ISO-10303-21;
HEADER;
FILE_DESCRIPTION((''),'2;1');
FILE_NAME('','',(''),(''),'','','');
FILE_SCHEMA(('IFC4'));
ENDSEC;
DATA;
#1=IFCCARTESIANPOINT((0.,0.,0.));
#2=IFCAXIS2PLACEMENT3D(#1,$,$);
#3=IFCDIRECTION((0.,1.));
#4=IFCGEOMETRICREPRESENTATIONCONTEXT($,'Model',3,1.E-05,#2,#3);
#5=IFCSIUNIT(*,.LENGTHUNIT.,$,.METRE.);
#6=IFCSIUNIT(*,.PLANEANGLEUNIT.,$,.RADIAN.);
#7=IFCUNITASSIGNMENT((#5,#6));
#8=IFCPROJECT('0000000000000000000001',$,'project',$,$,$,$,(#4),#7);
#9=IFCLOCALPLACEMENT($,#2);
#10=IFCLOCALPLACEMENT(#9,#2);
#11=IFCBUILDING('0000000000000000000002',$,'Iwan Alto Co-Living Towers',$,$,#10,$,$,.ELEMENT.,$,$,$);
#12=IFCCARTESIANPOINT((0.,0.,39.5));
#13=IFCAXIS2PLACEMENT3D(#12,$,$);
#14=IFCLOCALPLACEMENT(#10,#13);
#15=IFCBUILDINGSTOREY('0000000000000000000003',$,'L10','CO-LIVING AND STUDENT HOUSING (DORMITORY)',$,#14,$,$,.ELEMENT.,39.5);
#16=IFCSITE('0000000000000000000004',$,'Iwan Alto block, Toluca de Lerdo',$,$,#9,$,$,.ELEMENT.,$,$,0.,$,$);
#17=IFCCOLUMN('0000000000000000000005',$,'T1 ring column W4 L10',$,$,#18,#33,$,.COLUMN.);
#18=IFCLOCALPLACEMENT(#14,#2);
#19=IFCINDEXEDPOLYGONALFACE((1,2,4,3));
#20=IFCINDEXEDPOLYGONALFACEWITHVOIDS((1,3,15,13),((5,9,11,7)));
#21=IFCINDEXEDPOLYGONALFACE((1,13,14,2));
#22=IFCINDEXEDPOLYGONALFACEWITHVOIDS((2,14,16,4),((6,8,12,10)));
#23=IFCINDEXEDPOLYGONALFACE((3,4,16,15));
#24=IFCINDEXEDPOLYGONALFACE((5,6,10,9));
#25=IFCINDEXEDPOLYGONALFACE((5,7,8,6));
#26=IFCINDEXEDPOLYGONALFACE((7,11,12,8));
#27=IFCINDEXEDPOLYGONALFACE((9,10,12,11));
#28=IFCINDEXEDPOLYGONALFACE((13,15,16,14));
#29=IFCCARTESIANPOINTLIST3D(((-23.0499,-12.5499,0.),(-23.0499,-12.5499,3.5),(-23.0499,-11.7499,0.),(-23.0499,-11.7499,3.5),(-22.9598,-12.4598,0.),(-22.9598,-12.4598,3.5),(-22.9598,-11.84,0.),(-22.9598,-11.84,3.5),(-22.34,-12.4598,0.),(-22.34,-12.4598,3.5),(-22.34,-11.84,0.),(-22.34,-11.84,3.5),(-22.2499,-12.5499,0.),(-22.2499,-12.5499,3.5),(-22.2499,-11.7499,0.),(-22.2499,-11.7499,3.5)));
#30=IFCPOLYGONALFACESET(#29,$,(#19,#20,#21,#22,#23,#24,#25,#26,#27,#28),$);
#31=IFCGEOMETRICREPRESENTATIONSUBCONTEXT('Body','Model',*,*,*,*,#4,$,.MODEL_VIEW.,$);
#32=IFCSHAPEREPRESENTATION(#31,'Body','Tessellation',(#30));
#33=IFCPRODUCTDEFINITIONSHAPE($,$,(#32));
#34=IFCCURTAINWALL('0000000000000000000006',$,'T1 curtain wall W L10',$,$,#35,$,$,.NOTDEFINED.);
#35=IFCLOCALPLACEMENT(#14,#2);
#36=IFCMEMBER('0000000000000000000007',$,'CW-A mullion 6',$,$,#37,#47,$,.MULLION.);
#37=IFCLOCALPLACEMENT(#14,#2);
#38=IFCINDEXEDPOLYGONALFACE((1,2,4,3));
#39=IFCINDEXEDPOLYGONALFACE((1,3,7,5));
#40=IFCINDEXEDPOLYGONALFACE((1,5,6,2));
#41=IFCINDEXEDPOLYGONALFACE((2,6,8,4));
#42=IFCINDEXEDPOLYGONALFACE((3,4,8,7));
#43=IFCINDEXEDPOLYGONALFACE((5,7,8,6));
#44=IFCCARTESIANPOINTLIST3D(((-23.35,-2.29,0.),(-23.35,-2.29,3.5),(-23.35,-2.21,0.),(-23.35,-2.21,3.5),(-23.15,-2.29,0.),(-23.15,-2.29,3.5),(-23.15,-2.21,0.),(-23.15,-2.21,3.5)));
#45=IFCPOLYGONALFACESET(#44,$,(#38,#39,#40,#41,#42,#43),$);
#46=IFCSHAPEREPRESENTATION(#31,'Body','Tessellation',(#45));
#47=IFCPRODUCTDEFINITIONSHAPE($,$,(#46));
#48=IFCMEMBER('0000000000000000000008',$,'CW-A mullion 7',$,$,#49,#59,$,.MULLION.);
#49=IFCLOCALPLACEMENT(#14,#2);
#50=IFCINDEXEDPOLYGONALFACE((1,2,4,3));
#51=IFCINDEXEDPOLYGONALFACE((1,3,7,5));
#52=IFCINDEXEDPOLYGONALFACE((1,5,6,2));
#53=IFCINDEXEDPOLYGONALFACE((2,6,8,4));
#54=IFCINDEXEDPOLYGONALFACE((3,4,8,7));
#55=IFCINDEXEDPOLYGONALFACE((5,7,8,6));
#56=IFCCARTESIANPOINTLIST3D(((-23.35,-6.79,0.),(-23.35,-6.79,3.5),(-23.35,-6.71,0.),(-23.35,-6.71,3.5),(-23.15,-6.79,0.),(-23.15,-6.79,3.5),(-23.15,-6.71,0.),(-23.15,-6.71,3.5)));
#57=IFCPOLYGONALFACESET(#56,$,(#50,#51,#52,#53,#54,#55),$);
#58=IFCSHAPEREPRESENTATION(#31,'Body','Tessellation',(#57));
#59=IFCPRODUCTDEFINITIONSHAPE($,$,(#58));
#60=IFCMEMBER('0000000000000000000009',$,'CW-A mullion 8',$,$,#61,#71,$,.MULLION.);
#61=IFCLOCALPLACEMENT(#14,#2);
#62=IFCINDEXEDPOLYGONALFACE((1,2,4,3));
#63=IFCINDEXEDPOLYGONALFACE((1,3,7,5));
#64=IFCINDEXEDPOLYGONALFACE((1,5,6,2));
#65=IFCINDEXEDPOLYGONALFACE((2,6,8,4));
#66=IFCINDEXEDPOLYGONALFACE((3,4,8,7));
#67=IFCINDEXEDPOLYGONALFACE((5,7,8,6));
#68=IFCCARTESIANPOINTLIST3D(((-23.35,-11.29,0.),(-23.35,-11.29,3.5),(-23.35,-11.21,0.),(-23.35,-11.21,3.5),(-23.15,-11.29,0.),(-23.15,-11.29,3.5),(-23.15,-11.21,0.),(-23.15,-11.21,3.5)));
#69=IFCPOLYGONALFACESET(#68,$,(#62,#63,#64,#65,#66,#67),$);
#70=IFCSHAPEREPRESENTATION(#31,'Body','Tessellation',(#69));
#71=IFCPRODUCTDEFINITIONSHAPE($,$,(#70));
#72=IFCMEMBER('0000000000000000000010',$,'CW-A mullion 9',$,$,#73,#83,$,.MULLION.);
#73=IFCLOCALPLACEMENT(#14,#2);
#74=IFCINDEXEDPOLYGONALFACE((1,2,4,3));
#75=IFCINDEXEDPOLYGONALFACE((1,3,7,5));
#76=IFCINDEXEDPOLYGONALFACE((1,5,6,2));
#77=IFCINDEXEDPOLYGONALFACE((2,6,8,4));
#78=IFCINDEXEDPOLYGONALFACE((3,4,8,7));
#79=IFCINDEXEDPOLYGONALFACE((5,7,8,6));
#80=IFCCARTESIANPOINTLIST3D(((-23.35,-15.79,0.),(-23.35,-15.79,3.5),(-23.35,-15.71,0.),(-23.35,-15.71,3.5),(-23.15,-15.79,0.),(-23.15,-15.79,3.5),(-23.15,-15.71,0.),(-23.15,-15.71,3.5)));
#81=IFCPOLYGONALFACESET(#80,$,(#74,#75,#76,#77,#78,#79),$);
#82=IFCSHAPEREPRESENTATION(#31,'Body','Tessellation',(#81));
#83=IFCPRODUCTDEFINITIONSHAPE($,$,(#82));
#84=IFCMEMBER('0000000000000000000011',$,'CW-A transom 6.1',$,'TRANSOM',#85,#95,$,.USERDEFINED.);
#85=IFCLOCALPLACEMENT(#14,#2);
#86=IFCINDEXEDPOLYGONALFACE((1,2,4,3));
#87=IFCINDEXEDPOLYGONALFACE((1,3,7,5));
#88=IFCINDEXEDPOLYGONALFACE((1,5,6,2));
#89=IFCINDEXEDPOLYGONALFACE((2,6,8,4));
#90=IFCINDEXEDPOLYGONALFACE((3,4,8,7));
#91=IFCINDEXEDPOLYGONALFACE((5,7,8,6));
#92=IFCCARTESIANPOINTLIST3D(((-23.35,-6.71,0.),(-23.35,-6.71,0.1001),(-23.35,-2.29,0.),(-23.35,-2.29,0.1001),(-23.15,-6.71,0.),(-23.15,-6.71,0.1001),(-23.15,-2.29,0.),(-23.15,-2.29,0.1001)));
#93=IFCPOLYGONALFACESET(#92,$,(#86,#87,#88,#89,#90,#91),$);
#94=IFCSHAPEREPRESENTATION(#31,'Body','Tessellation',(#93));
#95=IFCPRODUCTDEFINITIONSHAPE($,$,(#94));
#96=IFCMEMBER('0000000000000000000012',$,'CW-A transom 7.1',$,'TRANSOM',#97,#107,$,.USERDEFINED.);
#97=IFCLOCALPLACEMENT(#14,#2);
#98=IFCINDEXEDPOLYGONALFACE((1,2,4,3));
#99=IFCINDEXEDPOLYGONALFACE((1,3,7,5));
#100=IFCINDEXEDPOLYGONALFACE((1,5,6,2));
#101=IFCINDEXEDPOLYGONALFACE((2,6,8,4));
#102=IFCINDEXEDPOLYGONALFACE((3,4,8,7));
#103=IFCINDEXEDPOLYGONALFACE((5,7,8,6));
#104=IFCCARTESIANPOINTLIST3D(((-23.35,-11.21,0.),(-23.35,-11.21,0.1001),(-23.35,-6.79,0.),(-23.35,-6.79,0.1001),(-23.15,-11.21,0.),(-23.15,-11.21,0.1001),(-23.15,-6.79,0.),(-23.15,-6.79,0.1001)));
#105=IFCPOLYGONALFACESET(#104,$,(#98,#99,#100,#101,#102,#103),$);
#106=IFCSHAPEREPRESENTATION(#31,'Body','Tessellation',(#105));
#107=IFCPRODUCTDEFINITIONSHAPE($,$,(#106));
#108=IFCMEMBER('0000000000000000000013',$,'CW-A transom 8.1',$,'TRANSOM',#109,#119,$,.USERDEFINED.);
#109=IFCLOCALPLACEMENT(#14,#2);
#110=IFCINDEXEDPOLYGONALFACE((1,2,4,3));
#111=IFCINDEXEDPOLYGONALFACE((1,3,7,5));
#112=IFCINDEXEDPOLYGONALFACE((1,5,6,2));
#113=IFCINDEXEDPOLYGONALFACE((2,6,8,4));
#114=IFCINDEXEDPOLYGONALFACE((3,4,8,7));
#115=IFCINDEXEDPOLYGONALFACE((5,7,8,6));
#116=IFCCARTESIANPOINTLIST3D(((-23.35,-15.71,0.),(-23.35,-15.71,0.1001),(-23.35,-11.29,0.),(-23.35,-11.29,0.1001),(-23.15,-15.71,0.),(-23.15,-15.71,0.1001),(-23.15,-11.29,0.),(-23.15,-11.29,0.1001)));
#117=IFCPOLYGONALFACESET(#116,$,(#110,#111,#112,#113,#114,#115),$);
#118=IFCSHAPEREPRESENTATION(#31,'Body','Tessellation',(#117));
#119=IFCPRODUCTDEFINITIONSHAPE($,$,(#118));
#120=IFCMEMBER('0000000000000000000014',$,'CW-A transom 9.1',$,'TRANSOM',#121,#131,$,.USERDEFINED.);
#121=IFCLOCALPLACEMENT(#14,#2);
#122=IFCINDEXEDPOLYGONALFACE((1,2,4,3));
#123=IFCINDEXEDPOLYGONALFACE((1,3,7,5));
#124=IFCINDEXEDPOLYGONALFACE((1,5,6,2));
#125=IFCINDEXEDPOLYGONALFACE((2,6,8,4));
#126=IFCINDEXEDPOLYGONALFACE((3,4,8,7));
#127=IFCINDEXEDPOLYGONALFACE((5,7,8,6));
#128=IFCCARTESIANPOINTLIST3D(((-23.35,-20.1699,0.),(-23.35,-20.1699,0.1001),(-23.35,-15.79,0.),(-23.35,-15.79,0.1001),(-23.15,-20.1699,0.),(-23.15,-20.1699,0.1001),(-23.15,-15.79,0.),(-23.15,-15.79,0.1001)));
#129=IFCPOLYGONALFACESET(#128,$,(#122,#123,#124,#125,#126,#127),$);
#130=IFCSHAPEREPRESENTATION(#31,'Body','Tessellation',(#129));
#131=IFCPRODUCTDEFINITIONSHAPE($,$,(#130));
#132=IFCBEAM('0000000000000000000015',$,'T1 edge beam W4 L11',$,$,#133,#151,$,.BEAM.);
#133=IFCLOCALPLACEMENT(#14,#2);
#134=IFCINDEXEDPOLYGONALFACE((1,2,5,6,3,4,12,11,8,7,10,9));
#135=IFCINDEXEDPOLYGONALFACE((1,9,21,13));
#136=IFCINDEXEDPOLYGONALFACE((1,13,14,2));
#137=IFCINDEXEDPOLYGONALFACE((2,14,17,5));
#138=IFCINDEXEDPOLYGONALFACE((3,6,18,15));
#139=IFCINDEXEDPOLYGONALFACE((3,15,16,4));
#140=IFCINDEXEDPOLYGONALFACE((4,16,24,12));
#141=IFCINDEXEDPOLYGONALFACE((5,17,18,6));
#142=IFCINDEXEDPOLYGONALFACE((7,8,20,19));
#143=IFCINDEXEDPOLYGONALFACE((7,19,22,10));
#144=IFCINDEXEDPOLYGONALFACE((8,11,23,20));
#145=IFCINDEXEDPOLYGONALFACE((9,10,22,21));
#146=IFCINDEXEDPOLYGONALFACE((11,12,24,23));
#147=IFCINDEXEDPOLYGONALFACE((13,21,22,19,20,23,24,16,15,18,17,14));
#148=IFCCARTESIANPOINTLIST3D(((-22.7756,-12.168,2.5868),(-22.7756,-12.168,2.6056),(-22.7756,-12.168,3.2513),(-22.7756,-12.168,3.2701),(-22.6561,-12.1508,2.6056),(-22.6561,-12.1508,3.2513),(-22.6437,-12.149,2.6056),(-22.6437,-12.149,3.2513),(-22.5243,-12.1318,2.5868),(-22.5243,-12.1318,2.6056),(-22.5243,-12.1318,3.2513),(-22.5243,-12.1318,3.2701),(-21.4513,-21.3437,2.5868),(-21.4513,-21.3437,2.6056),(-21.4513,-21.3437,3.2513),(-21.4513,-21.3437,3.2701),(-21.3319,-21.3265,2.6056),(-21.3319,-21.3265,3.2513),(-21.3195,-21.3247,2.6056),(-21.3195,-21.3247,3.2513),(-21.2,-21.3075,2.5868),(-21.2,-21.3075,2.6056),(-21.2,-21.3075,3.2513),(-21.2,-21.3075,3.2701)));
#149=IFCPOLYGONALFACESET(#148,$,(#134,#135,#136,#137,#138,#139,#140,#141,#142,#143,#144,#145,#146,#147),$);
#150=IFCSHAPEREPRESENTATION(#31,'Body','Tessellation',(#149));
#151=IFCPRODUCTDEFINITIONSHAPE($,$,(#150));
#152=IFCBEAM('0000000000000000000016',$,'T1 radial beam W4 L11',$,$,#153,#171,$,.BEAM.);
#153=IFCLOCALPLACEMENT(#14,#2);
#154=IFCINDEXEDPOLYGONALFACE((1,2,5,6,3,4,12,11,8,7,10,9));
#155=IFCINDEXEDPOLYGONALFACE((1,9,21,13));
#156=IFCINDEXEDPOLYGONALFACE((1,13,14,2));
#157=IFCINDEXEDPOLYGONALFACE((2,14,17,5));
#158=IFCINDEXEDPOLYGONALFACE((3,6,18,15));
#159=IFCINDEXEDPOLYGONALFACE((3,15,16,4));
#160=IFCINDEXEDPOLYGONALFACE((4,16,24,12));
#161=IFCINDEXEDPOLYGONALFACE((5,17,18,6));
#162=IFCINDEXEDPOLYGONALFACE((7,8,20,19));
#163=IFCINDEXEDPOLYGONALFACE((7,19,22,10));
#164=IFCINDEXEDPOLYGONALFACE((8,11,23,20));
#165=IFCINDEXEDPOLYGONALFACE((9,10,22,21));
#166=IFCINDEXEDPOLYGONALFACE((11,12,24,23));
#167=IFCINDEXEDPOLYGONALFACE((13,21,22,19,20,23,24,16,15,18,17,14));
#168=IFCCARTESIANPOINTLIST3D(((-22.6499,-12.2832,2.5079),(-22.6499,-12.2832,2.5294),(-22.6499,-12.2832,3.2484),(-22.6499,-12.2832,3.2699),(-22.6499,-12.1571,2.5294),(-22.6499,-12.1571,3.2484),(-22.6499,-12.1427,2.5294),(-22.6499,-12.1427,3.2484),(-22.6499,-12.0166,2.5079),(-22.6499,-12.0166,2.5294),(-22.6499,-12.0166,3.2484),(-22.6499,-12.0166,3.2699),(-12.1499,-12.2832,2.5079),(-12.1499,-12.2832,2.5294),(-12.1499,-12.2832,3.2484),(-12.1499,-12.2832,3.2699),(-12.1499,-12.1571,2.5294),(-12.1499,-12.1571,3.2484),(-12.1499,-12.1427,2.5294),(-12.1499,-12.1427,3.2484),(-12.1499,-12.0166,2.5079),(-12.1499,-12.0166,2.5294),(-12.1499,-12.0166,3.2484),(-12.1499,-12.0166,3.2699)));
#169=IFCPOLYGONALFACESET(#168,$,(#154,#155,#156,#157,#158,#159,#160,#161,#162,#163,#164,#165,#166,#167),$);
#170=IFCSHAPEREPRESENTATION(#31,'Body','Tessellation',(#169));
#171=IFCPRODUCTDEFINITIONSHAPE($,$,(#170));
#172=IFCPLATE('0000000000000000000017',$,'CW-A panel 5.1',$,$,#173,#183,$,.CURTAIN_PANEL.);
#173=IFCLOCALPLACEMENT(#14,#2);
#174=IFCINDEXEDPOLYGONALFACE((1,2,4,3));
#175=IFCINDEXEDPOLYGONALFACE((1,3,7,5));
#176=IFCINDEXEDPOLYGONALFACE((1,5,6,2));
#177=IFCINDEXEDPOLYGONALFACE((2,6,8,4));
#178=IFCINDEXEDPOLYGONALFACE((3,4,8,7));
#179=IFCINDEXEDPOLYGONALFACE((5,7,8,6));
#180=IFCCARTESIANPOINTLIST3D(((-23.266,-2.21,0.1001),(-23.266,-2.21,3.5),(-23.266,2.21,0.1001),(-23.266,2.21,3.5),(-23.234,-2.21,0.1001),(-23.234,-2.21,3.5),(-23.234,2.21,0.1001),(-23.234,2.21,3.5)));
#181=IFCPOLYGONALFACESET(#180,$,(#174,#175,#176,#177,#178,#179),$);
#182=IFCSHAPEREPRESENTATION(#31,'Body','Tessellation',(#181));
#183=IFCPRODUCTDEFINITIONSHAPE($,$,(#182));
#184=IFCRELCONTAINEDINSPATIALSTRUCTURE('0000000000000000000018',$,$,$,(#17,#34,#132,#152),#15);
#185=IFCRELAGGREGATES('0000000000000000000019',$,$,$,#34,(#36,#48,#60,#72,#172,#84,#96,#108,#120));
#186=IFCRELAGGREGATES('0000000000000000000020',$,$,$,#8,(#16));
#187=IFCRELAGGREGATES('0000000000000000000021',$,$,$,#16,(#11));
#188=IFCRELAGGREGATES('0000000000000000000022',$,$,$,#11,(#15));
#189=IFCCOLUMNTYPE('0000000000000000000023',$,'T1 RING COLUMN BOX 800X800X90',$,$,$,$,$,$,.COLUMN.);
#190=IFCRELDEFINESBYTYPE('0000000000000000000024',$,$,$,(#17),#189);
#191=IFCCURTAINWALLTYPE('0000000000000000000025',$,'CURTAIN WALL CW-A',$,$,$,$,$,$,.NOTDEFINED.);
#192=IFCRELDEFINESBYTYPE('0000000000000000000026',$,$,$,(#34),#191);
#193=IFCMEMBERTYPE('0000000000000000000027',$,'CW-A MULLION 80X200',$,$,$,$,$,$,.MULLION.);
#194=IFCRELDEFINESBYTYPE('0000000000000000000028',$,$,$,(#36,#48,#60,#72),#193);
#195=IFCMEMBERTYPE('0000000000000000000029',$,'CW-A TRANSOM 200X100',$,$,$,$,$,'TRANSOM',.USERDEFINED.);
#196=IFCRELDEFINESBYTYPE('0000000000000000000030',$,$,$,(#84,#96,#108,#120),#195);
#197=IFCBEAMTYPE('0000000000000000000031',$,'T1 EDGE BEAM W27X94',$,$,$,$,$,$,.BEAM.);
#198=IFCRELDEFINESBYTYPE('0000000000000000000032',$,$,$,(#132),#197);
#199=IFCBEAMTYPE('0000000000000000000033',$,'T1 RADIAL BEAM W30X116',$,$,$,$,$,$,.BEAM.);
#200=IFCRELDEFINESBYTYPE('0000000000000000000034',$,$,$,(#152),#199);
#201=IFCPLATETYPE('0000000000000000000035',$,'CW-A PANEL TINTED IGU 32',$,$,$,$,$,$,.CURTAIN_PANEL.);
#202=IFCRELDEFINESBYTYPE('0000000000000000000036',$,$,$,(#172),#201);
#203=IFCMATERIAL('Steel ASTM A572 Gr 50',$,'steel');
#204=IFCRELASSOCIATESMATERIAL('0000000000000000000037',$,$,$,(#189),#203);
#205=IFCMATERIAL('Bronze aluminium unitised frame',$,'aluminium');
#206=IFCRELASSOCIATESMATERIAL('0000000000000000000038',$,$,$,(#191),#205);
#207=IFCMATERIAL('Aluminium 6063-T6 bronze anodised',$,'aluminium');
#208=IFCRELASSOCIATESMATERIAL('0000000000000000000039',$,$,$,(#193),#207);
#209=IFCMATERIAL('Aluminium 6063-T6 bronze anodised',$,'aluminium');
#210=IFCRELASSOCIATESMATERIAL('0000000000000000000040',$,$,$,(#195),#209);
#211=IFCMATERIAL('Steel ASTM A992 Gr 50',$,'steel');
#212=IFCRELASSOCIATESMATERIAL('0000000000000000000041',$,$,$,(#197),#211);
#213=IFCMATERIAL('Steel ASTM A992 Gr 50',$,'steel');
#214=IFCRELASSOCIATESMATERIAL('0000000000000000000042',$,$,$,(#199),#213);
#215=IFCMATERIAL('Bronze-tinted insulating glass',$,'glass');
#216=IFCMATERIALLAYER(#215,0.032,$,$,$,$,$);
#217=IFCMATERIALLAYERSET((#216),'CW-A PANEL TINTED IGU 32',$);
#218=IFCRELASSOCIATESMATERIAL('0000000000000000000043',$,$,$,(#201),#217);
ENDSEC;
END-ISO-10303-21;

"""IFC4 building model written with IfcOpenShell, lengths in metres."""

from ifc_helpers import new_model, si_unit, direction, frame, origin, origin_2d, place, context, subcontext, project, spatial, rectangle, hollow_rectangle, i_section, extrude, material, layer, layer_set, material_profile, profile_set, type_object, element, aggregate, save


model = new_model("IFC4")

# Units and contexts
model_context = context("Model", 3, precision=1e-05, world=origin(), true_north=direction((0.0, 1.0)))
body_context = subcontext(model_context, "Body", "Model", "MODEL_VIEW")
ifc_project = project(units=[si_unit("LENGTHUNIT", "METRE"), si_unit("PLANEANGLEUNIT", "RADIAN")], contexts=[model_context])

# Site, building, storey
site_placement = place(None, origin())
site = spatial("IfcSite", under=ifc_project, at=site_placement, Name="Iwan Alto block, Toluca de Lerdo", CompositionType="ELEMENT", RefElevation=0.0)
building_placement = place(site_placement, origin())
building = spatial("IfcBuilding", under=site, at=building_placement, Name="Iwan Alto Co-Living Towers", CompositionType="ELEMENT")
storey_placement = place(building_placement, frame((0.0, 0.0, 39.5)))
storey = spatial("IfcBuildingStorey", under=building, at=storey_placement, Name="L10", Description="CO-LIVING AND STUDENT HOUSING (DORMITORY)", CompositionType="ELEMENT", Elevation=39.5)

# Column
ifc_material_1 = material(Name="Steel ASTM A572 Gr 50", Category="steel")
ifc_material_profile_1 = material_profile(ifc_material_1, hollow_rectangle(XDim=0.8, YDim=0.8, WallThickness=0.0901, at=origin_2d()), Name="BOX 800X800X90")
ifc_profile_set_1 = profile_set([ifc_material_profile_1], Name="Steel ASTM A572 Gr 50")
column_type = type_object("IfcColumnType", Name="T1 RING COLUMN BOX 800X800X90", PredefinedType="COLUMN", material=ifc_profile_set_1)
column_placement = place(storey_placement, frame((-22.6499, -12.1499, 0.0), z_axis=(0.0, 0.0, 1.0), x_axis=(1.0, 0.0, 0.0)))
element("IfcColumn", 1, at=column_placement, inside=storey, type_object=column_type, Name="T1 ring column W4 L10", PredefinedType="COLUMN", context=body_context, shape_type="SweptSolid", body=[
    extrude(hollow_rectangle(XDim=0.8, YDim=0.8, WallThickness=0.0901, at=origin_2d()), origin(), (0.0, 0.0, 1.0), 3.5),
])

# Curtain wall, members
ifc_material_2 = material(Name="Bronze aluminium unitised frame", Category="aluminium")
curtain_wall_type = type_object("IfcCurtainWallType", Name="CURTAIN WALL CW-A", PredefinedType="NOTDEFINED", material=ifc_material_2)
curtain_wall_placement = place(storey_placement, origin())
curtain_wall = element("IfcCurtainWall", 2, at=curtain_wall_placement, inside=storey, type_object=curtain_wall_type, Name="T1 curtain wall W L10", PredefinedType="NOTDEFINED")
ifc_material_3 = material(Name="Aluminium 6063-T6 bronze anodised", Category="aluminium")
ifc_material_profile_2 = material_profile(ifc_material_3, rectangle(XDim=0.2, YDim=0.0801, at=origin_2d()), Name="AL 80X200")
ifc_profile_set_2 = profile_set([ifc_material_profile_2], Name="Aluminium 6063-T6 bronze anodised")
member_type_1 = type_object("IfcMemberType", Name="CW-A MULLION 80X200", PredefinedType="MULLION", material=ifc_profile_set_2)
member_1_placement = place(storey_placement, frame((-23.25, -2.25, 0.0), z_axis=(0.0, 0.0, 1.0), x_axis=(1.0, 0.0, 0.0)))
member_1 = element("IfcMember", 3, at=member_1_placement, type_object=member_type_1, Name="CW-A mullion 6", PredefinedType="MULLION", context=body_context, shape_type="SweptSolid", body=[
    extrude(rectangle(XDim=0.2, YDim=0.0801, at=origin_2d()), origin(), (0.0, 0.0, 1.0), 3.5),
])
member_2_placement = place(storey_placement, frame((-23.25, -6.75, 0.0), z_axis=(0.0, 0.0, 1.0), x_axis=(1.0, 0.0, 0.0)))
member_2 = element("IfcMember", 4, at=member_2_placement, type_object=member_type_1, Name="CW-A mullion 7", PredefinedType="MULLION", context=body_context, shape_type="SweptSolid", body=[
    extrude(rectangle(XDim=0.2, YDim=0.0801, at=origin_2d()), origin(), (0.0, 0.0, 1.0), 3.5),
])
member_3_placement = place(storey_placement, frame((-23.25, -11.25, 0.0), z_axis=(0.0, 0.0, 1.0), x_axis=(1.0, 0.0, 0.0)))
member_3 = element("IfcMember", 5, at=member_3_placement, type_object=member_type_1, Name="CW-A mullion 8", PredefinedType="MULLION", context=body_context, shape_type="SweptSolid", body=[
    extrude(rectangle(XDim=0.2, YDim=0.0801, at=origin_2d()), origin(), (0.0, 0.0, 1.0), 3.5),
])
member_4_placement = place(storey_placement, frame((-23.25, -15.75, 0.0), z_axis=(0.0, 0.0, 1.0), x_axis=(1.0, 0.0, 0.0)))
member_4 = element("IfcMember", 6, at=member_4_placement, type_object=member_type_1, Name="CW-A mullion 9", PredefinedType="MULLION", context=body_context, shape_type="SweptSolid", body=[
    extrude(rectangle(XDim=0.2, YDim=0.0801, at=origin_2d()), origin(), (0.0, 0.0, 1.0), 3.5),
])
ifc_material_4 = material(Name="Aluminium 6063-T6 bronze anodised", Category="aluminium")
ifc_material_profile_3 = material_profile(ifc_material_4, rectangle(XDim=0.2, YDim=0.1001, at=origin_2d()), Name="AL 200X100")
ifc_profile_set_3 = profile_set([ifc_material_profile_3], Name="Aluminium 6063-T6 bronze anodised")
member_type_2 = type_object("IfcMemberType", Name="CW-A TRANSOM 200X100", ElementType="TRANSOM", PredefinedType="USERDEFINED", material=ifc_profile_set_3)
member_5_placement = place(storey_placement, frame((-23.25, -2.29, 0.05), z_axis=(0.0, -1.0, 0.0), x_axis=(1.0, 0.0, 0.0)))
member_5 = element("IfcMember", 7, at=member_5_placement, type_object=member_type_2, Name="CW-A transom 6.1", ObjectType="TRANSOM", PredefinedType="USERDEFINED", context=body_context, shape_type="SweptSolid", body=[
    extrude(rectangle(XDim=0.2, YDim=0.1001, at=origin_2d()), origin(), (0.0, 0.0, 1.0), 4.4199),
])
member_6_placement = place(storey_placement, frame((-23.25, -6.79, 0.05), z_axis=(0.0, -1.0, 0.0), x_axis=(1.0, 0.0, 0.0)))
member_6 = element("IfcMember", 8, at=member_6_placement, type_object=member_type_2, Name="CW-A transom 7.1", ObjectType="TRANSOM", PredefinedType="USERDEFINED", context=body_context, shape_type="SweptSolid", body=[
    extrude(rectangle(XDim=0.2, YDim=0.1001, at=origin_2d()), origin(), (0.0, 0.0, 1.0), 4.4199),
])
member_7_placement = place(storey_placement, frame((-23.25, -11.29, 0.05), z_axis=(0.0, -1.0, 0.0), x_axis=(1.0, 0.0, 0.0)))
member_7 = element("IfcMember", 9, at=member_7_placement, type_object=member_type_2, Name="CW-A transom 8.1", ObjectType="TRANSOM", PredefinedType="USERDEFINED", context=body_context, shape_type="SweptSolid", body=[
    extrude(rectangle(XDim=0.2, YDim=0.1001, at=origin_2d()), origin(), (0.0, 0.0, 1.0), 4.4199),
])
member_8_placement = place(storey_placement, frame((-23.25, -15.79, 0.05), z_axis=(0.0, -1.0, 0.0), x_axis=(1.0, 0.0, 0.0)))
member_8 = element("IfcMember", 10, at=member_8_placement, type_object=member_type_2, Name="CW-A transom 9.1", ObjectType="TRANSOM", PredefinedType="USERDEFINED", context=body_context, shape_type="SweptSolid", body=[
    extrude(rectangle(XDim=0.2, YDim=0.1001, at=origin_2d()), origin(), (0.0, 0.0, 1.0), 4.3799),
])

# Beams
ifc_material_5 = material(Name="Steel ASTM A992 Gr 50", Category="steel")
ifc_material_profile_4 = material_profile(ifc_material_5, i_section(OverallWidth=0.2539, OverallDepth=0.6833, WebThickness=0.0125, FlangeThickness=0.0188, at=origin_2d()), Name="W27X94")
ifc_profile_set_4 = profile_set([ifc_material_profile_4], Name="Steel ASTM A992 Gr 50")
beam_type_1 = type_object("IfcBeamType", Name="T1 EDGE BEAM W27X94", PredefinedType="BEAM", material=ifc_profile_set_4)
beam_1_placement = place(storey_placement, frame((-22.6499, -12.1499, 2.9285), z_axis=(0.142837, -0.989746, 0.0), x_axis=(0.989746, 0.142837, 0.0)))
element("IfcBeam", 11, at=beam_1_placement, inside=storey, type_object=beam_type_1, Name="T1 edge beam W4 L11", PredefinedType="BEAM", context=body_context, shape_type="SweptSolid", body=[
    extrude(i_section(OverallWidth=0.2539, OverallDepth=0.6833, WebThickness=0.0125, FlangeThickness=0.0188, at=origin_2d()), origin(), (0.0, 0.0, 1.0), 9.2708),
])
ifc_material_6 = material(Name="Steel ASTM A992 Gr 50", Category="steel")
ifc_material_profile_5 = material_profile(ifc_material_6, i_section(OverallWidth=0.2666, OverallDepth=0.762, WebThickness=0.0144, FlangeThickness=0.0215, at=origin_2d()), Name="W30X116")
ifc_profile_set_5 = profile_set([ifc_material_profile_5], Name="Steel ASTM A992 Gr 50")
beam_type_2 = type_object("IfcBeamType", Name="T1 RADIAL BEAM W30X116", PredefinedType="BEAM", material=ifc_profile_set_5)
beam_2_placement = place(storey_placement, frame((-22.6499, -12.1499, 2.8889), z_axis=(1.0, 0.0, 0.0), x_axis=(0.0, 1.0, 0.0)))
element("IfcBeam", 12, at=beam_2_placement, inside=storey, type_object=beam_type_2, Name="T1 radial beam W4 L11", PredefinedType="BEAM", context=body_context, shape_type="SweptSolid", body=[
    extrude(i_section(OverallWidth=0.2666, OverallDepth=0.762, WebThickness=0.0144, FlangeThickness=0.0215, at=origin_2d()), origin(), (0.0, 0.0, 1.0), 10.5),
])

# Plate
ifc_material_7 = material(Name="Bronze-tinted insulating glass", Category="glass")
ifc_layer_1 = layer(ifc_material_7, 0.032)
ifc_layer_set_1 = layer_set([ifc_layer_1], Name="CW-A PANEL TINTED IGU 32")
plate_type = type_object("IfcPlateType", Name="CW-A PANEL TINTED IGU 32", PredefinedType="CURTAIN_PANEL", material=ifc_layer_set_1)
plate_1_placement = place(storey_placement, frame((-23.25, 0.0, 0.1001), z_axis=(0.0, 0.0, 1.0), x_axis=(0.0, -1.0, 0.0)))
plate_1 = element("IfcPlate", 13, at=plate_1_placement, type_object=plate_type, Name="CW-A panel 5.1", PredefinedType="CURTAIN_PANEL", context=body_context, shape_type="SweptSolid", body=[
    extrude(rectangle(XDim=4.4199, YDim=0.032, at=origin_2d()), origin(), (0.0, 0.0, 1.0), 3.3999),
])
aggregate(curtain_wall, [member_1, member_2, member_3, member_4, plate_1, member_5, member_6, member_7, member_8])

save(model, "model.ifc")
